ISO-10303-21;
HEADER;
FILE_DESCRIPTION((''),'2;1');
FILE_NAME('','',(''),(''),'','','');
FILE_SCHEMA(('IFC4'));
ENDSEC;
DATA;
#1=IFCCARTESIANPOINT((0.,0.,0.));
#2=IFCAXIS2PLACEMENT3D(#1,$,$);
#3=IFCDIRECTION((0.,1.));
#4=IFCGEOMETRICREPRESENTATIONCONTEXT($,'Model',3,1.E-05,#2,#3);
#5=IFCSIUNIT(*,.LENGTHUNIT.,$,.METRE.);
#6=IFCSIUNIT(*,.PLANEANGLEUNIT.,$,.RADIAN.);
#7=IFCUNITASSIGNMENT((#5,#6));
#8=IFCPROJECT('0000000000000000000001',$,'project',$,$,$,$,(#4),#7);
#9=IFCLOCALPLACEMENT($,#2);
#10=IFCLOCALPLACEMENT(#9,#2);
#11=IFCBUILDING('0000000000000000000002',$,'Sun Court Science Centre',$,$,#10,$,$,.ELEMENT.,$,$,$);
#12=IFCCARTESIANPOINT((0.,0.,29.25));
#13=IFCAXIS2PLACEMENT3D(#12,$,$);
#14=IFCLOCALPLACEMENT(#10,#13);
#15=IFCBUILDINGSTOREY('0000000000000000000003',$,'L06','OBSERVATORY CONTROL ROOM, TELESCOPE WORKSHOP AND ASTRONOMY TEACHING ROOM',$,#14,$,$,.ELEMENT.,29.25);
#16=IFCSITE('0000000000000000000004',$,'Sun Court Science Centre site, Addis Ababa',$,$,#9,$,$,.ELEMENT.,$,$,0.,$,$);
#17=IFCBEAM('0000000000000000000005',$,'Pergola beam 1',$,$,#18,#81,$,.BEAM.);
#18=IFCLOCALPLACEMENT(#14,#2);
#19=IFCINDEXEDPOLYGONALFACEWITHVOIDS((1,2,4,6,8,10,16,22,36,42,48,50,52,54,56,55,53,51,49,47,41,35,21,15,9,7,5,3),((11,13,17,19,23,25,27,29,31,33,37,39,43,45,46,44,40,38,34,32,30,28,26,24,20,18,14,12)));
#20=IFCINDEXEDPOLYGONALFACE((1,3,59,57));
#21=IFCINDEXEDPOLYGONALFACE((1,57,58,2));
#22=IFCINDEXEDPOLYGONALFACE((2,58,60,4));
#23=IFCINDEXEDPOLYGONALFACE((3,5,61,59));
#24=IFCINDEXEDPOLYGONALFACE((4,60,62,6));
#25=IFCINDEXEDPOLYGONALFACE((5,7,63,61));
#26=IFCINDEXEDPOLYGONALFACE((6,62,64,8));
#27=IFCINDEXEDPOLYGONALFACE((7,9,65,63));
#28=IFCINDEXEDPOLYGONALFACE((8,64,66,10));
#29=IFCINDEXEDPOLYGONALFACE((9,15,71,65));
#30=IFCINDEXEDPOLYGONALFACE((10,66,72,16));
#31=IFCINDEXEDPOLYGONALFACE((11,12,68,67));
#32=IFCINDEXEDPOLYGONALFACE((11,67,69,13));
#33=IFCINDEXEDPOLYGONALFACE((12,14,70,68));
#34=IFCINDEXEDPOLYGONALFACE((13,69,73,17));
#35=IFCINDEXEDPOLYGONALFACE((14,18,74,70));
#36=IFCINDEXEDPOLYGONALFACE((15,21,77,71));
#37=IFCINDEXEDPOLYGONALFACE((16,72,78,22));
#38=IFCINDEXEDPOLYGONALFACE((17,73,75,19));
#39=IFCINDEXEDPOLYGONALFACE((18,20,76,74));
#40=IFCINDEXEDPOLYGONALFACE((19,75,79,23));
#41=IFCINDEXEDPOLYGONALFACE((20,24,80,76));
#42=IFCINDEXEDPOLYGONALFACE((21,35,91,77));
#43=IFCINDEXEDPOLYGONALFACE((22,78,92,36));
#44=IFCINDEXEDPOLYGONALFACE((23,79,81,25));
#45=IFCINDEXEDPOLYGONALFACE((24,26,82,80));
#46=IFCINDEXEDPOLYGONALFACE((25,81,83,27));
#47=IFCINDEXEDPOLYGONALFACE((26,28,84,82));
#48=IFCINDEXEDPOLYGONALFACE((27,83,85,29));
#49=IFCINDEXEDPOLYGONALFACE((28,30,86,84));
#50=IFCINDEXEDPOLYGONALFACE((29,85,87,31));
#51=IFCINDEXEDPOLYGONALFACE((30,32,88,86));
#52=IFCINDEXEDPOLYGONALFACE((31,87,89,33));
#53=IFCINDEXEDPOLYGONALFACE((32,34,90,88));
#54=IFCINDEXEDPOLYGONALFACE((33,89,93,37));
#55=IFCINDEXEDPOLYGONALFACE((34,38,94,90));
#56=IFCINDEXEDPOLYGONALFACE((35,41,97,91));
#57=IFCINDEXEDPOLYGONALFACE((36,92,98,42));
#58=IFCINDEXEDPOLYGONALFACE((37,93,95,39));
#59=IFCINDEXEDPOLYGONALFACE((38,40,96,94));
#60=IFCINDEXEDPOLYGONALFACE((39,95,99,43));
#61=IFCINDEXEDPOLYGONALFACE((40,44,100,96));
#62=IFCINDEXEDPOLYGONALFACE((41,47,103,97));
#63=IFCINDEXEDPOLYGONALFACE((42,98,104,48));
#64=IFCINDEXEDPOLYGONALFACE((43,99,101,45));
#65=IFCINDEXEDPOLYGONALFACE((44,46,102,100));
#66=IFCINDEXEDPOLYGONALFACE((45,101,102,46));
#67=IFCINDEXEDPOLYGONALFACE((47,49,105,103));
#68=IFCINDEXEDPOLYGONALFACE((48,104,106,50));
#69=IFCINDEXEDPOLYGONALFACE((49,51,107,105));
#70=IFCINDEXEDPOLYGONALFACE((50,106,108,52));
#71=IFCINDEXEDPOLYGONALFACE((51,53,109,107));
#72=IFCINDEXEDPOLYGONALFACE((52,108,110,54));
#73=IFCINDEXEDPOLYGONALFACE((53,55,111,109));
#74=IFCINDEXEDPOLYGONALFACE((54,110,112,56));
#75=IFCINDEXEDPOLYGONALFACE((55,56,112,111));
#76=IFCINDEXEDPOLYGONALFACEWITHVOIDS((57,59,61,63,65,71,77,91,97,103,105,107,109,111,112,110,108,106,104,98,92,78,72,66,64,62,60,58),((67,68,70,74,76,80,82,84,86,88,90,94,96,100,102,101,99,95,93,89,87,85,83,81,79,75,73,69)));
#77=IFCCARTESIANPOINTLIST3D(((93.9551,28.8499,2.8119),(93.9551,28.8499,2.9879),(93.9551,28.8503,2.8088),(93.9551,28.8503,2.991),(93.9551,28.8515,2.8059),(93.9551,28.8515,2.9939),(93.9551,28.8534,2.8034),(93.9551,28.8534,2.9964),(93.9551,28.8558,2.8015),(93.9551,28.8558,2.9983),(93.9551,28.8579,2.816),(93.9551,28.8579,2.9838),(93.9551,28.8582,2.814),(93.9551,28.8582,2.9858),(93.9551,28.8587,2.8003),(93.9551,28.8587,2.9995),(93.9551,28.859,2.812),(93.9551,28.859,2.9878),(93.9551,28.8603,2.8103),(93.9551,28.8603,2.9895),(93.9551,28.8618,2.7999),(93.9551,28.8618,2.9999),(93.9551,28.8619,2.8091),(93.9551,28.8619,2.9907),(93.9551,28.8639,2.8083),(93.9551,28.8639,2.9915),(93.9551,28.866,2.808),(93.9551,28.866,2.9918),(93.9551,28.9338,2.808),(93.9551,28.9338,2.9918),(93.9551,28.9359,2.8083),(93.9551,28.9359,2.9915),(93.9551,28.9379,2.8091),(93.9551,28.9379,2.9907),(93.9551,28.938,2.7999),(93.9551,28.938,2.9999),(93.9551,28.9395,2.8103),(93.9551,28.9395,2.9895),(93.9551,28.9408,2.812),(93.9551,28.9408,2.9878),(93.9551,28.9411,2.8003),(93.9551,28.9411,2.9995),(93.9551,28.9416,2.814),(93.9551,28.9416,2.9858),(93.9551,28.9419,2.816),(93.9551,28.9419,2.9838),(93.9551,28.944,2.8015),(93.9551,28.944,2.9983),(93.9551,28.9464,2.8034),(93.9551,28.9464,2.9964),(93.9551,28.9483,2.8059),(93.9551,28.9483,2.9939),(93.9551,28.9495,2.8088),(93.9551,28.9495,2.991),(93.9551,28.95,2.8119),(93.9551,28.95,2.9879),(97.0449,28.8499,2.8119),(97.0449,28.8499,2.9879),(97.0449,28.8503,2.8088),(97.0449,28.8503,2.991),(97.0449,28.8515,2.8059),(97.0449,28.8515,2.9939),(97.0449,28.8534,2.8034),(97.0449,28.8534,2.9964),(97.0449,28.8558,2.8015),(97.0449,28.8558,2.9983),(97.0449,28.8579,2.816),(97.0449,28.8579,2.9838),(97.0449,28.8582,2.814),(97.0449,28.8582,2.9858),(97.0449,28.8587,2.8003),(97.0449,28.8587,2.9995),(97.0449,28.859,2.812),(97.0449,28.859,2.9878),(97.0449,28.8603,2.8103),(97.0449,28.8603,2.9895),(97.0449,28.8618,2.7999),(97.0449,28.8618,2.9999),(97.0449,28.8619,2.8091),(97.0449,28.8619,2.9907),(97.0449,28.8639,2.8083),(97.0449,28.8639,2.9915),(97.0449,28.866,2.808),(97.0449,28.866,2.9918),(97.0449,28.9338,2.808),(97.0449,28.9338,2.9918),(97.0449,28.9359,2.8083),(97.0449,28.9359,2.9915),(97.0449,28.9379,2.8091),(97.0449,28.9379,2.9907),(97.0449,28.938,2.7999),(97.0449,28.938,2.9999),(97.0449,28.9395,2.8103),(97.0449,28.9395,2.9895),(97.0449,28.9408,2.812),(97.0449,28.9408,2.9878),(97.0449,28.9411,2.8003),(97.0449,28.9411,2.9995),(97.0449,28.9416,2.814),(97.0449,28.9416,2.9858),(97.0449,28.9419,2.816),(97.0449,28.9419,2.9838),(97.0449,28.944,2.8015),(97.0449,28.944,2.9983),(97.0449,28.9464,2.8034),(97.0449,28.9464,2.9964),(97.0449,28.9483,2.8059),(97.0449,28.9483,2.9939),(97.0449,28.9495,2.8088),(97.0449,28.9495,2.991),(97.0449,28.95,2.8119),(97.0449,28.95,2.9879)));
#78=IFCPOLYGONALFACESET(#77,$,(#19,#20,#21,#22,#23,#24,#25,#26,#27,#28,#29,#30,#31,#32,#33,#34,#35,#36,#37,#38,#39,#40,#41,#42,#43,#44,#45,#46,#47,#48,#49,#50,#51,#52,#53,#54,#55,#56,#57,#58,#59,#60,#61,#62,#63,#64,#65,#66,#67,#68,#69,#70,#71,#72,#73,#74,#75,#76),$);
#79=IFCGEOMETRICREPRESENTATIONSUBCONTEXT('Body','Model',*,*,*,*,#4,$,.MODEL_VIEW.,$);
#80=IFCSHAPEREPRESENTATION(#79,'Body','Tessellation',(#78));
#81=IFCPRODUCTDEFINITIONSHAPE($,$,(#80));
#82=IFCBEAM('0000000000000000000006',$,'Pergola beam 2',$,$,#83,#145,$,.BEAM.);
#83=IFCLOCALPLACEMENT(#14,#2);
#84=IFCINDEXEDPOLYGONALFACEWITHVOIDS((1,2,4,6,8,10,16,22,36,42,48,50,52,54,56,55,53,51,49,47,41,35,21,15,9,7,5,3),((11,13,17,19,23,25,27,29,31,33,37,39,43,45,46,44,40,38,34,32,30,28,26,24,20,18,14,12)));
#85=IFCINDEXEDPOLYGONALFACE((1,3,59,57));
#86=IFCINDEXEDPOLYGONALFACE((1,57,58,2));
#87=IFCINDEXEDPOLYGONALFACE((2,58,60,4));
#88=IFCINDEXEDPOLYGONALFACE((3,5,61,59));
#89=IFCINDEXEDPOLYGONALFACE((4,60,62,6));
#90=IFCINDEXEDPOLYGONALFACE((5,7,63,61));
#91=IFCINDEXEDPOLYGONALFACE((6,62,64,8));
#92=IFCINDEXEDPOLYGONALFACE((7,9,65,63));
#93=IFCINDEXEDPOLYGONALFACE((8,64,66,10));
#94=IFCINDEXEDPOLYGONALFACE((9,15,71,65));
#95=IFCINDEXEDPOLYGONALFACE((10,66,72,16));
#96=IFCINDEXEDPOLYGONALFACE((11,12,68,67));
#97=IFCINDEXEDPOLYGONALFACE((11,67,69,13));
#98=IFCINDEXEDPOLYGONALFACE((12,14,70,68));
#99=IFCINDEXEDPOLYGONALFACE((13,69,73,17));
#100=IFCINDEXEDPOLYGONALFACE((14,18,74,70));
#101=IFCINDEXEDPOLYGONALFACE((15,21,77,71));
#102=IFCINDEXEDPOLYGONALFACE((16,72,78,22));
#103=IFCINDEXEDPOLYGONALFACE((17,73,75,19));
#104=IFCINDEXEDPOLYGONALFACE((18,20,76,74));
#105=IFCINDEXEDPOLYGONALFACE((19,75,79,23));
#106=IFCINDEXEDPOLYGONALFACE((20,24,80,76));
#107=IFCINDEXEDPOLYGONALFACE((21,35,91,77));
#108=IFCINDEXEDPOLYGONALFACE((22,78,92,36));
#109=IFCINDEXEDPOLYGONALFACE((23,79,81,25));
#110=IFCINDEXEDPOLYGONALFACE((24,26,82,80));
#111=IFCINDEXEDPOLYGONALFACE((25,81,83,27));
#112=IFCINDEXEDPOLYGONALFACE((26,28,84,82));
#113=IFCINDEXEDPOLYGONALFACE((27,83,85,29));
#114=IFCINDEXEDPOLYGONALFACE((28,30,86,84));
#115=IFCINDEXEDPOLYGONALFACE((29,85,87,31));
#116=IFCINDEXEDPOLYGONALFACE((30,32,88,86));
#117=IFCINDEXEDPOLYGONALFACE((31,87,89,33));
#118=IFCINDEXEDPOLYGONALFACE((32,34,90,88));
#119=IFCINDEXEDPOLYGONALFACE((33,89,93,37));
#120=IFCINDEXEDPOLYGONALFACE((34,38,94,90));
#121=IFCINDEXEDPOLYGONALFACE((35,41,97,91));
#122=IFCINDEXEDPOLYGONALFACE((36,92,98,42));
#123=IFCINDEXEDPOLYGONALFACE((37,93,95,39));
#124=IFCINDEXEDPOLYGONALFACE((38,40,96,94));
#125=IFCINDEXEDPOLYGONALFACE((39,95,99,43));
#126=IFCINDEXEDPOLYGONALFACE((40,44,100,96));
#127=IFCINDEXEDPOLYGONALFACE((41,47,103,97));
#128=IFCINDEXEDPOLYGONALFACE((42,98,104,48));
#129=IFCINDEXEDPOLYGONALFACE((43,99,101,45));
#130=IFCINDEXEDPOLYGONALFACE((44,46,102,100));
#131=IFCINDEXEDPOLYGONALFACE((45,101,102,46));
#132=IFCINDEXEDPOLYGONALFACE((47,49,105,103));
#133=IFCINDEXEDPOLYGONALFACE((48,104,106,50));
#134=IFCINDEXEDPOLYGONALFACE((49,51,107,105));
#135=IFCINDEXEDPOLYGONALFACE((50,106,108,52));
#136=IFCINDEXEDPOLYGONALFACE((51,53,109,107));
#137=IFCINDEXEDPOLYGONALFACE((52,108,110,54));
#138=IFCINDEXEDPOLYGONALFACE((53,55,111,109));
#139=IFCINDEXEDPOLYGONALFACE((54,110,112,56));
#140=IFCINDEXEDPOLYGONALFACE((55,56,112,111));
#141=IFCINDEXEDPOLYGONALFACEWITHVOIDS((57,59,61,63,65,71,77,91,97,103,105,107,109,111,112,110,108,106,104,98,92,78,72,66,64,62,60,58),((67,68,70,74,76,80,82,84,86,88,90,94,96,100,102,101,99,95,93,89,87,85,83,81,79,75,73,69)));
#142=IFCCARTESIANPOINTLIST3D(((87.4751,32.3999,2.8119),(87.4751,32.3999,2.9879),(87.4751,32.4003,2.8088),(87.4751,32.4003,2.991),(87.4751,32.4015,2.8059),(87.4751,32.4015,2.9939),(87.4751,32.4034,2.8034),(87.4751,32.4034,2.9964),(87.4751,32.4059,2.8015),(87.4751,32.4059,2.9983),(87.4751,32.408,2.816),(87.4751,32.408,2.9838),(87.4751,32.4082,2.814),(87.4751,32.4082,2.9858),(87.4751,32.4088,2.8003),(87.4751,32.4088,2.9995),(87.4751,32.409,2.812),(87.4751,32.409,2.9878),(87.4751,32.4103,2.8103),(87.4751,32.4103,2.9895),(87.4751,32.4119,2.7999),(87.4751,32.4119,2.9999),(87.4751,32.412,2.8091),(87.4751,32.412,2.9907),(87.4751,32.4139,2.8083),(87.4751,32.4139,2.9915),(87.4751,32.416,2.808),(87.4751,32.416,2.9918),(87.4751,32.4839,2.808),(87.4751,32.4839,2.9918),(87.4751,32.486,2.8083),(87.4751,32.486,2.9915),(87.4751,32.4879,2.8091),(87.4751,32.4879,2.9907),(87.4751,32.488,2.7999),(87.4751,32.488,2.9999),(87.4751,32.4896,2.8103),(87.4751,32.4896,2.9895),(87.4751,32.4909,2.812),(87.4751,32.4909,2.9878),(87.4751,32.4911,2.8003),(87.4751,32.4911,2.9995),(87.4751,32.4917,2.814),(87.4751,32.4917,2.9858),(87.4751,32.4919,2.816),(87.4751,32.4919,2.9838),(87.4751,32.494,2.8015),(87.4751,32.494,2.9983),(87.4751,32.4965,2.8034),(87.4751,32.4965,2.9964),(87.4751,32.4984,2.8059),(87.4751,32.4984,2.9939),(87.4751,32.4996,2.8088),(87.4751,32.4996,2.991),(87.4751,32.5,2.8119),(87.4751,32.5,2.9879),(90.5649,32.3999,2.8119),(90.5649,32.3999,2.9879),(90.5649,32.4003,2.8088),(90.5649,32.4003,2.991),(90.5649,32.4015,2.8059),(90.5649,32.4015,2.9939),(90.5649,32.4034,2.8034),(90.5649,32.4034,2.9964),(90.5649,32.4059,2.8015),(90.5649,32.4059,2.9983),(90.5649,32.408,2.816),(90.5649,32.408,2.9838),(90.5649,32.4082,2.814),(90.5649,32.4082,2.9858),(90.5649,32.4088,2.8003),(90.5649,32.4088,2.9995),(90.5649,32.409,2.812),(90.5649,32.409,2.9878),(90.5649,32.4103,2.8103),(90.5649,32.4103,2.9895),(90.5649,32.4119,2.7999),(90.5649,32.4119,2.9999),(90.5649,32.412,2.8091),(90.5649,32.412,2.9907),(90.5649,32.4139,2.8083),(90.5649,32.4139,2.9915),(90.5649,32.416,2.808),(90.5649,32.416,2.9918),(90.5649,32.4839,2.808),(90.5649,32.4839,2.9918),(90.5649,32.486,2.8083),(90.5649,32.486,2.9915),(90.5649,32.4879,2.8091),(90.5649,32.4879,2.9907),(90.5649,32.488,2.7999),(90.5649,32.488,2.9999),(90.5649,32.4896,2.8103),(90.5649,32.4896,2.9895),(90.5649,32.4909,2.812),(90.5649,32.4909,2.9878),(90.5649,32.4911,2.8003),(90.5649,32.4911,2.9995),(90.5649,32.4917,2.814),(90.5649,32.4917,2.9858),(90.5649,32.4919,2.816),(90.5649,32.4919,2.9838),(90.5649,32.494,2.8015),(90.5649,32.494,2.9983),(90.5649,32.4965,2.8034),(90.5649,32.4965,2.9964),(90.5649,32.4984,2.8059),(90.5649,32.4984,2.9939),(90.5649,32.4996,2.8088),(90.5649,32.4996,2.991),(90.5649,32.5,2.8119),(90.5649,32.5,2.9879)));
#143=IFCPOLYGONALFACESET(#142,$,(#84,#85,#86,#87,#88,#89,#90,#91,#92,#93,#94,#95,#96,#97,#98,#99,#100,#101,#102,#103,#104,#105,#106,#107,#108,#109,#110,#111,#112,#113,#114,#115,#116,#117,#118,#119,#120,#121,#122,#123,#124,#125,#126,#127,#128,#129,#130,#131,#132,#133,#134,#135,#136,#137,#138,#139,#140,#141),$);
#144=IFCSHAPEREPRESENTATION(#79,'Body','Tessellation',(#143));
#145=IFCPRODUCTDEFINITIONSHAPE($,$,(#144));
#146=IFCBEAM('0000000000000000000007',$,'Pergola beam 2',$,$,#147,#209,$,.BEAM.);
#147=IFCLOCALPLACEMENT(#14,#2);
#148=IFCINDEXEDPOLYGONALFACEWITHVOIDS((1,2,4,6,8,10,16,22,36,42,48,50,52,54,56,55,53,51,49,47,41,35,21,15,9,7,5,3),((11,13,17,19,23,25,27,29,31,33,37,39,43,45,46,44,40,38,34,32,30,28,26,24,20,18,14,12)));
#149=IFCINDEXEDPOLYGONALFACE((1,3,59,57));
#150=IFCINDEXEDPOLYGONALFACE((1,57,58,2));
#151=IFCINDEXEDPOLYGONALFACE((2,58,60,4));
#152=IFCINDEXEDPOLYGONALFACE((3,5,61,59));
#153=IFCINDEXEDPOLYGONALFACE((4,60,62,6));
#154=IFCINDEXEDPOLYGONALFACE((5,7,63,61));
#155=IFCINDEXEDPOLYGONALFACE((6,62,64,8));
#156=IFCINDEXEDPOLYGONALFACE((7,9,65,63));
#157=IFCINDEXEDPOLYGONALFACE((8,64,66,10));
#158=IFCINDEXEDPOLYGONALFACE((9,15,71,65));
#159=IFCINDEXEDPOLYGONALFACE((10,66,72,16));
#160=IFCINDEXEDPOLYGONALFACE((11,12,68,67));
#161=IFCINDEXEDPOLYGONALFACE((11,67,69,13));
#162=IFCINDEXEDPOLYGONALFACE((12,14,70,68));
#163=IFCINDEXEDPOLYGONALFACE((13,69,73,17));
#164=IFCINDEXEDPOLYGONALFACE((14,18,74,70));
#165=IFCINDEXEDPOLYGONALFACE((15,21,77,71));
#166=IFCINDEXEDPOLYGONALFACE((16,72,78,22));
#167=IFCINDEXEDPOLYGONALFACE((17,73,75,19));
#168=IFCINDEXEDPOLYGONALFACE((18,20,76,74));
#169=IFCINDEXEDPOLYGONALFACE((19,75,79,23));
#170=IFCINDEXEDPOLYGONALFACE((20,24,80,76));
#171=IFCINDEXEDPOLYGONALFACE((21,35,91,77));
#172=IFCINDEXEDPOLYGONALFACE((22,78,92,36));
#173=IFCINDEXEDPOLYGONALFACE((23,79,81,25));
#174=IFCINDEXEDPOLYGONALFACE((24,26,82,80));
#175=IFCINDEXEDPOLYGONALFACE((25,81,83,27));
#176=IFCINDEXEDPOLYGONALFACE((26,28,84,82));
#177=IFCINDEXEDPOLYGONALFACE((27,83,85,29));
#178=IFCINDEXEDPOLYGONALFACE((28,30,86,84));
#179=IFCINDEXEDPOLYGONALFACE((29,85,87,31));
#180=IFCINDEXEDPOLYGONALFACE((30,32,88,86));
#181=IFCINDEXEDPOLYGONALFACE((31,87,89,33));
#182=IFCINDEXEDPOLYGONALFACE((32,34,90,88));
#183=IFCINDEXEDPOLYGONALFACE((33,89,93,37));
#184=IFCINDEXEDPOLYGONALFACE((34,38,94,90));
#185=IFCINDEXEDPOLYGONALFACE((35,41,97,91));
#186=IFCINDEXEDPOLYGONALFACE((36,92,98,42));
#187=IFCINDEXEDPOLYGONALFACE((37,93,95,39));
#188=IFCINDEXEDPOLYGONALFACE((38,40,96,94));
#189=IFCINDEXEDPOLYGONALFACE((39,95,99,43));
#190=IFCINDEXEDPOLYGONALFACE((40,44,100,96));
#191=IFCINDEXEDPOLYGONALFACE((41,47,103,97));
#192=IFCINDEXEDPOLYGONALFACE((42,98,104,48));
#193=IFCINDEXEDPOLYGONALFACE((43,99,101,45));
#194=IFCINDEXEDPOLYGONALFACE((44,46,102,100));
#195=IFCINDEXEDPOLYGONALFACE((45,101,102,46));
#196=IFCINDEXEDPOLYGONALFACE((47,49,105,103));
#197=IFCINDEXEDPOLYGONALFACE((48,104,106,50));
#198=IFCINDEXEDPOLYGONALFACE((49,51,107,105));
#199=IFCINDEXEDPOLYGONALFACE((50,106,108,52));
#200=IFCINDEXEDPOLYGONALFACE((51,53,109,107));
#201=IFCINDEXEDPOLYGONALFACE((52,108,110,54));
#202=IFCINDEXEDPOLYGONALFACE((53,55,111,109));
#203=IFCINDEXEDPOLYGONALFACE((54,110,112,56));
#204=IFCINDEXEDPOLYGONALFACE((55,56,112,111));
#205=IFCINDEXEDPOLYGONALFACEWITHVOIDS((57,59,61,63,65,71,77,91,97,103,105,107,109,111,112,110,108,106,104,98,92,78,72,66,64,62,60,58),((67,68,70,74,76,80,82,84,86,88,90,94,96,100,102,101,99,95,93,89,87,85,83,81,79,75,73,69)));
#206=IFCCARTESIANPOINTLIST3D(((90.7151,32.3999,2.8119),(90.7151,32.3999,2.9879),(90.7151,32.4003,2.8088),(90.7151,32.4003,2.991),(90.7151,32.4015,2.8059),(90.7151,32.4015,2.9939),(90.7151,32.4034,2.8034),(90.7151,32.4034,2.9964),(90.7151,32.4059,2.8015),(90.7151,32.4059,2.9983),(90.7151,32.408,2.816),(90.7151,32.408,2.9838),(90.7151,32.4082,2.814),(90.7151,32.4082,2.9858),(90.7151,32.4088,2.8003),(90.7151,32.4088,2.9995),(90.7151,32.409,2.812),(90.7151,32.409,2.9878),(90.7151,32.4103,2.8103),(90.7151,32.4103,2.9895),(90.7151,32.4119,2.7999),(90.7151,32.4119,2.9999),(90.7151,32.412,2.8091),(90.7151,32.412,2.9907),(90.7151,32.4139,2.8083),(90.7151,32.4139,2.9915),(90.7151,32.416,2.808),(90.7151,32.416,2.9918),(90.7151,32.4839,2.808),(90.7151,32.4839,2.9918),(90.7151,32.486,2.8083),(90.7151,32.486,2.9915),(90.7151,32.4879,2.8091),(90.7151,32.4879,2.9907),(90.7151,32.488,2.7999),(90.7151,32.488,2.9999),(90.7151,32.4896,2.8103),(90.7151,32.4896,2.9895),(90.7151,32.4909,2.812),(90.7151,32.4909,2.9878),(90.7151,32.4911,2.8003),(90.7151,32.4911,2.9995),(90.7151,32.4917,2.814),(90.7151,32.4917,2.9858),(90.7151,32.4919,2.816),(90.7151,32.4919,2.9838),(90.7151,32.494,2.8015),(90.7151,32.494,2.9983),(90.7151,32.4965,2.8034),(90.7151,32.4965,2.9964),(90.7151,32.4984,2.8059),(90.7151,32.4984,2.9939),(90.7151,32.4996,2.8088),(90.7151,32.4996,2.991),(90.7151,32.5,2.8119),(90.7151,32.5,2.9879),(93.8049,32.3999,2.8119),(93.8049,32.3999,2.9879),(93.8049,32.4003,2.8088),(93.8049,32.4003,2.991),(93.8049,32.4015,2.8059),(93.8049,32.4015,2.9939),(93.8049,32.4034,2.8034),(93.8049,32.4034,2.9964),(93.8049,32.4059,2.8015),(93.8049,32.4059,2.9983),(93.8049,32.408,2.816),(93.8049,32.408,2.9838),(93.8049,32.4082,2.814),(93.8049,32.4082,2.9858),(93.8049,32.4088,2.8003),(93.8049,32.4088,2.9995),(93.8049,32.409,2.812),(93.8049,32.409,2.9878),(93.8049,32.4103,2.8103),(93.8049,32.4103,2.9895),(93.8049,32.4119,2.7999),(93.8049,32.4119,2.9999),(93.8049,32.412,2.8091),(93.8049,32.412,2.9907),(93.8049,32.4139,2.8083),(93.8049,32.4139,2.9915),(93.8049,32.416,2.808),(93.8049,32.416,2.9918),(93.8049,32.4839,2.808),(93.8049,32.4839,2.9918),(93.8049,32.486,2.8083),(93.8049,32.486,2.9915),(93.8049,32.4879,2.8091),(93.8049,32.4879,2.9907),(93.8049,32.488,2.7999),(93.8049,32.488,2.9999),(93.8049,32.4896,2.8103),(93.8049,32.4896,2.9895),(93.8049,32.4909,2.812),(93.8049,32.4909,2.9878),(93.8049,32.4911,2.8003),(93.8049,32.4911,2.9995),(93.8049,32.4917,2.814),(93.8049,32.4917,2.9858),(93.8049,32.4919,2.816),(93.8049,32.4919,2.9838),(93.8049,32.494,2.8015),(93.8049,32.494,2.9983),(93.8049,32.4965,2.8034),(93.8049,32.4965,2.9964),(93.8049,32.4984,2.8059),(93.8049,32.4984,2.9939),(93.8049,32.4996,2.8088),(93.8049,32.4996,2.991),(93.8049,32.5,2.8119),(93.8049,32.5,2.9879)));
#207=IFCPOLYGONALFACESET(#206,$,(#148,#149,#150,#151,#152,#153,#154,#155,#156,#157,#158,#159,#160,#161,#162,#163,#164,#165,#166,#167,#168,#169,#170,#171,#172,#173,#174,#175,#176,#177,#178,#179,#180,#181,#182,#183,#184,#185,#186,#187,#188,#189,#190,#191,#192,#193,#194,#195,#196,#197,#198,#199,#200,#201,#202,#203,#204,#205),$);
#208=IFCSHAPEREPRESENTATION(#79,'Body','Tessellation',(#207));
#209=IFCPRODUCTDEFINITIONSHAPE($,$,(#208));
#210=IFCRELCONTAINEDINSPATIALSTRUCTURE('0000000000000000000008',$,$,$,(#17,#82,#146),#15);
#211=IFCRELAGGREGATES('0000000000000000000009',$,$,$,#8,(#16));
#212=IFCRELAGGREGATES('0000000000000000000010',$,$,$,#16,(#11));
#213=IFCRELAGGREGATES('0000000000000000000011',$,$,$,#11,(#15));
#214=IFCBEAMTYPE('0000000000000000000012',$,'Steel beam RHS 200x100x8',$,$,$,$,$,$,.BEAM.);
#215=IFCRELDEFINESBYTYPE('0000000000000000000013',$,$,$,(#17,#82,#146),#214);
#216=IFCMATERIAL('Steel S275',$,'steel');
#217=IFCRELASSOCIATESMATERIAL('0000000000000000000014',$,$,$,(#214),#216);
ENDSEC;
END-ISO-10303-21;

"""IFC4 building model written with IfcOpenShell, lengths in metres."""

from ifc_helpers import new_model, si_unit, direction, frame, origin, origin_2d, place, context, subcontext, project, spatial, hollow_rectangle, extrude, material, material_profile, profile_set, type_object, element, save


model = new_model("IFC4")

# Units and contexts
model_context = context("Model", 3, precision=1e-05, world=origin(), true_north=direction((0.0, 1.0)))
body_context = subcontext(model_context, "Body", "Model", "MODEL_VIEW")
ifc_project = project(units=[si_unit("LENGTHUNIT", "METRE"), si_unit("PLANEANGLEUNIT", "RADIAN")], contexts=[model_context])

# Site, building, storey
site_placement = place(None, origin())
site = spatial("IfcSite", under=ifc_project, at=site_placement, Name="Sun Court Science Centre site, Addis Ababa", CompositionType="ELEMENT", RefElevation=0.0)
building_placement = place(site_placement, origin())
building = spatial("IfcBuilding", under=site, at=building_placement, Name="Sun Court Science Centre", CompositionType="ELEMENT")
storey_placement = place(building_placement, frame((0.0, 0.0, 29.25)))
storey = spatial("IfcBuildingStorey", under=building, at=storey_placement, Name="L06", Description="OBSERVATORY CONTROL ROOM, TELESCOPE WORKSHOP AND ASTRONOMY TEACHING ROOM", CompositionType="ELEMENT", Elevation=29.25)

# Beams
ifc_material_1 = material(Name="Steel S275", Category="steel")
ifc_material_profile_1 = material_profile(ifc_material_1, hollow_rectangle(XDim=0.1001, YDim=0.2, WallThickness=0.0081, InnerFilletRadius=0.0081, OuterFilletRadius=0.012, at=origin_2d()), Name="RHS 200x100x8")
ifc_profile_set_1 = profile_set([ifc_material_profile_1], Name="Steel S275")
beam_type_1 = type_object("IfcBeamType", Name="Steel beam RHS 200x100x8", PredefinedType="BEAM", material=ifc_profile_set_1)
for number, where, z_axis, x_axis, name in (
    (1, (93.9551, 28.8999, 2.8999), (1.0, 0.0, 0.0), (0.0, 1.0, 0.0), "Pergola beam 1"),
    (2, (87.4751, 32.45, 2.8999), (1.0, 0.0, 0.0), (0.0, 1.0, 0.0), "Pergola beam 2"),
    (3, (90.7151, 32.45, 2.8999), (1.0, 0.0, 0.0), (0.0, 1.0, 0.0), "Pergola beam 2"),
):
    element("IfcBeam", number, at=place(storey_placement, frame(where, z_axis=z_axis, x_axis=x_axis)), inside=storey, type_object=beam_type_1, Name=name, PredefinedType="BEAM", context=body_context, shape_type="SweptSolid", body=[
        extrude(hollow_rectangle(XDim=0.1001, YDim=0.2, WallThickness=0.0081, InnerFilletRadius=0.0081, OuterFilletRadius=0.012, at=origin_2d()), origin(), (0.0, 0.0, 1.0), 3.0898),
    ])

save(model, "model.ifc")
